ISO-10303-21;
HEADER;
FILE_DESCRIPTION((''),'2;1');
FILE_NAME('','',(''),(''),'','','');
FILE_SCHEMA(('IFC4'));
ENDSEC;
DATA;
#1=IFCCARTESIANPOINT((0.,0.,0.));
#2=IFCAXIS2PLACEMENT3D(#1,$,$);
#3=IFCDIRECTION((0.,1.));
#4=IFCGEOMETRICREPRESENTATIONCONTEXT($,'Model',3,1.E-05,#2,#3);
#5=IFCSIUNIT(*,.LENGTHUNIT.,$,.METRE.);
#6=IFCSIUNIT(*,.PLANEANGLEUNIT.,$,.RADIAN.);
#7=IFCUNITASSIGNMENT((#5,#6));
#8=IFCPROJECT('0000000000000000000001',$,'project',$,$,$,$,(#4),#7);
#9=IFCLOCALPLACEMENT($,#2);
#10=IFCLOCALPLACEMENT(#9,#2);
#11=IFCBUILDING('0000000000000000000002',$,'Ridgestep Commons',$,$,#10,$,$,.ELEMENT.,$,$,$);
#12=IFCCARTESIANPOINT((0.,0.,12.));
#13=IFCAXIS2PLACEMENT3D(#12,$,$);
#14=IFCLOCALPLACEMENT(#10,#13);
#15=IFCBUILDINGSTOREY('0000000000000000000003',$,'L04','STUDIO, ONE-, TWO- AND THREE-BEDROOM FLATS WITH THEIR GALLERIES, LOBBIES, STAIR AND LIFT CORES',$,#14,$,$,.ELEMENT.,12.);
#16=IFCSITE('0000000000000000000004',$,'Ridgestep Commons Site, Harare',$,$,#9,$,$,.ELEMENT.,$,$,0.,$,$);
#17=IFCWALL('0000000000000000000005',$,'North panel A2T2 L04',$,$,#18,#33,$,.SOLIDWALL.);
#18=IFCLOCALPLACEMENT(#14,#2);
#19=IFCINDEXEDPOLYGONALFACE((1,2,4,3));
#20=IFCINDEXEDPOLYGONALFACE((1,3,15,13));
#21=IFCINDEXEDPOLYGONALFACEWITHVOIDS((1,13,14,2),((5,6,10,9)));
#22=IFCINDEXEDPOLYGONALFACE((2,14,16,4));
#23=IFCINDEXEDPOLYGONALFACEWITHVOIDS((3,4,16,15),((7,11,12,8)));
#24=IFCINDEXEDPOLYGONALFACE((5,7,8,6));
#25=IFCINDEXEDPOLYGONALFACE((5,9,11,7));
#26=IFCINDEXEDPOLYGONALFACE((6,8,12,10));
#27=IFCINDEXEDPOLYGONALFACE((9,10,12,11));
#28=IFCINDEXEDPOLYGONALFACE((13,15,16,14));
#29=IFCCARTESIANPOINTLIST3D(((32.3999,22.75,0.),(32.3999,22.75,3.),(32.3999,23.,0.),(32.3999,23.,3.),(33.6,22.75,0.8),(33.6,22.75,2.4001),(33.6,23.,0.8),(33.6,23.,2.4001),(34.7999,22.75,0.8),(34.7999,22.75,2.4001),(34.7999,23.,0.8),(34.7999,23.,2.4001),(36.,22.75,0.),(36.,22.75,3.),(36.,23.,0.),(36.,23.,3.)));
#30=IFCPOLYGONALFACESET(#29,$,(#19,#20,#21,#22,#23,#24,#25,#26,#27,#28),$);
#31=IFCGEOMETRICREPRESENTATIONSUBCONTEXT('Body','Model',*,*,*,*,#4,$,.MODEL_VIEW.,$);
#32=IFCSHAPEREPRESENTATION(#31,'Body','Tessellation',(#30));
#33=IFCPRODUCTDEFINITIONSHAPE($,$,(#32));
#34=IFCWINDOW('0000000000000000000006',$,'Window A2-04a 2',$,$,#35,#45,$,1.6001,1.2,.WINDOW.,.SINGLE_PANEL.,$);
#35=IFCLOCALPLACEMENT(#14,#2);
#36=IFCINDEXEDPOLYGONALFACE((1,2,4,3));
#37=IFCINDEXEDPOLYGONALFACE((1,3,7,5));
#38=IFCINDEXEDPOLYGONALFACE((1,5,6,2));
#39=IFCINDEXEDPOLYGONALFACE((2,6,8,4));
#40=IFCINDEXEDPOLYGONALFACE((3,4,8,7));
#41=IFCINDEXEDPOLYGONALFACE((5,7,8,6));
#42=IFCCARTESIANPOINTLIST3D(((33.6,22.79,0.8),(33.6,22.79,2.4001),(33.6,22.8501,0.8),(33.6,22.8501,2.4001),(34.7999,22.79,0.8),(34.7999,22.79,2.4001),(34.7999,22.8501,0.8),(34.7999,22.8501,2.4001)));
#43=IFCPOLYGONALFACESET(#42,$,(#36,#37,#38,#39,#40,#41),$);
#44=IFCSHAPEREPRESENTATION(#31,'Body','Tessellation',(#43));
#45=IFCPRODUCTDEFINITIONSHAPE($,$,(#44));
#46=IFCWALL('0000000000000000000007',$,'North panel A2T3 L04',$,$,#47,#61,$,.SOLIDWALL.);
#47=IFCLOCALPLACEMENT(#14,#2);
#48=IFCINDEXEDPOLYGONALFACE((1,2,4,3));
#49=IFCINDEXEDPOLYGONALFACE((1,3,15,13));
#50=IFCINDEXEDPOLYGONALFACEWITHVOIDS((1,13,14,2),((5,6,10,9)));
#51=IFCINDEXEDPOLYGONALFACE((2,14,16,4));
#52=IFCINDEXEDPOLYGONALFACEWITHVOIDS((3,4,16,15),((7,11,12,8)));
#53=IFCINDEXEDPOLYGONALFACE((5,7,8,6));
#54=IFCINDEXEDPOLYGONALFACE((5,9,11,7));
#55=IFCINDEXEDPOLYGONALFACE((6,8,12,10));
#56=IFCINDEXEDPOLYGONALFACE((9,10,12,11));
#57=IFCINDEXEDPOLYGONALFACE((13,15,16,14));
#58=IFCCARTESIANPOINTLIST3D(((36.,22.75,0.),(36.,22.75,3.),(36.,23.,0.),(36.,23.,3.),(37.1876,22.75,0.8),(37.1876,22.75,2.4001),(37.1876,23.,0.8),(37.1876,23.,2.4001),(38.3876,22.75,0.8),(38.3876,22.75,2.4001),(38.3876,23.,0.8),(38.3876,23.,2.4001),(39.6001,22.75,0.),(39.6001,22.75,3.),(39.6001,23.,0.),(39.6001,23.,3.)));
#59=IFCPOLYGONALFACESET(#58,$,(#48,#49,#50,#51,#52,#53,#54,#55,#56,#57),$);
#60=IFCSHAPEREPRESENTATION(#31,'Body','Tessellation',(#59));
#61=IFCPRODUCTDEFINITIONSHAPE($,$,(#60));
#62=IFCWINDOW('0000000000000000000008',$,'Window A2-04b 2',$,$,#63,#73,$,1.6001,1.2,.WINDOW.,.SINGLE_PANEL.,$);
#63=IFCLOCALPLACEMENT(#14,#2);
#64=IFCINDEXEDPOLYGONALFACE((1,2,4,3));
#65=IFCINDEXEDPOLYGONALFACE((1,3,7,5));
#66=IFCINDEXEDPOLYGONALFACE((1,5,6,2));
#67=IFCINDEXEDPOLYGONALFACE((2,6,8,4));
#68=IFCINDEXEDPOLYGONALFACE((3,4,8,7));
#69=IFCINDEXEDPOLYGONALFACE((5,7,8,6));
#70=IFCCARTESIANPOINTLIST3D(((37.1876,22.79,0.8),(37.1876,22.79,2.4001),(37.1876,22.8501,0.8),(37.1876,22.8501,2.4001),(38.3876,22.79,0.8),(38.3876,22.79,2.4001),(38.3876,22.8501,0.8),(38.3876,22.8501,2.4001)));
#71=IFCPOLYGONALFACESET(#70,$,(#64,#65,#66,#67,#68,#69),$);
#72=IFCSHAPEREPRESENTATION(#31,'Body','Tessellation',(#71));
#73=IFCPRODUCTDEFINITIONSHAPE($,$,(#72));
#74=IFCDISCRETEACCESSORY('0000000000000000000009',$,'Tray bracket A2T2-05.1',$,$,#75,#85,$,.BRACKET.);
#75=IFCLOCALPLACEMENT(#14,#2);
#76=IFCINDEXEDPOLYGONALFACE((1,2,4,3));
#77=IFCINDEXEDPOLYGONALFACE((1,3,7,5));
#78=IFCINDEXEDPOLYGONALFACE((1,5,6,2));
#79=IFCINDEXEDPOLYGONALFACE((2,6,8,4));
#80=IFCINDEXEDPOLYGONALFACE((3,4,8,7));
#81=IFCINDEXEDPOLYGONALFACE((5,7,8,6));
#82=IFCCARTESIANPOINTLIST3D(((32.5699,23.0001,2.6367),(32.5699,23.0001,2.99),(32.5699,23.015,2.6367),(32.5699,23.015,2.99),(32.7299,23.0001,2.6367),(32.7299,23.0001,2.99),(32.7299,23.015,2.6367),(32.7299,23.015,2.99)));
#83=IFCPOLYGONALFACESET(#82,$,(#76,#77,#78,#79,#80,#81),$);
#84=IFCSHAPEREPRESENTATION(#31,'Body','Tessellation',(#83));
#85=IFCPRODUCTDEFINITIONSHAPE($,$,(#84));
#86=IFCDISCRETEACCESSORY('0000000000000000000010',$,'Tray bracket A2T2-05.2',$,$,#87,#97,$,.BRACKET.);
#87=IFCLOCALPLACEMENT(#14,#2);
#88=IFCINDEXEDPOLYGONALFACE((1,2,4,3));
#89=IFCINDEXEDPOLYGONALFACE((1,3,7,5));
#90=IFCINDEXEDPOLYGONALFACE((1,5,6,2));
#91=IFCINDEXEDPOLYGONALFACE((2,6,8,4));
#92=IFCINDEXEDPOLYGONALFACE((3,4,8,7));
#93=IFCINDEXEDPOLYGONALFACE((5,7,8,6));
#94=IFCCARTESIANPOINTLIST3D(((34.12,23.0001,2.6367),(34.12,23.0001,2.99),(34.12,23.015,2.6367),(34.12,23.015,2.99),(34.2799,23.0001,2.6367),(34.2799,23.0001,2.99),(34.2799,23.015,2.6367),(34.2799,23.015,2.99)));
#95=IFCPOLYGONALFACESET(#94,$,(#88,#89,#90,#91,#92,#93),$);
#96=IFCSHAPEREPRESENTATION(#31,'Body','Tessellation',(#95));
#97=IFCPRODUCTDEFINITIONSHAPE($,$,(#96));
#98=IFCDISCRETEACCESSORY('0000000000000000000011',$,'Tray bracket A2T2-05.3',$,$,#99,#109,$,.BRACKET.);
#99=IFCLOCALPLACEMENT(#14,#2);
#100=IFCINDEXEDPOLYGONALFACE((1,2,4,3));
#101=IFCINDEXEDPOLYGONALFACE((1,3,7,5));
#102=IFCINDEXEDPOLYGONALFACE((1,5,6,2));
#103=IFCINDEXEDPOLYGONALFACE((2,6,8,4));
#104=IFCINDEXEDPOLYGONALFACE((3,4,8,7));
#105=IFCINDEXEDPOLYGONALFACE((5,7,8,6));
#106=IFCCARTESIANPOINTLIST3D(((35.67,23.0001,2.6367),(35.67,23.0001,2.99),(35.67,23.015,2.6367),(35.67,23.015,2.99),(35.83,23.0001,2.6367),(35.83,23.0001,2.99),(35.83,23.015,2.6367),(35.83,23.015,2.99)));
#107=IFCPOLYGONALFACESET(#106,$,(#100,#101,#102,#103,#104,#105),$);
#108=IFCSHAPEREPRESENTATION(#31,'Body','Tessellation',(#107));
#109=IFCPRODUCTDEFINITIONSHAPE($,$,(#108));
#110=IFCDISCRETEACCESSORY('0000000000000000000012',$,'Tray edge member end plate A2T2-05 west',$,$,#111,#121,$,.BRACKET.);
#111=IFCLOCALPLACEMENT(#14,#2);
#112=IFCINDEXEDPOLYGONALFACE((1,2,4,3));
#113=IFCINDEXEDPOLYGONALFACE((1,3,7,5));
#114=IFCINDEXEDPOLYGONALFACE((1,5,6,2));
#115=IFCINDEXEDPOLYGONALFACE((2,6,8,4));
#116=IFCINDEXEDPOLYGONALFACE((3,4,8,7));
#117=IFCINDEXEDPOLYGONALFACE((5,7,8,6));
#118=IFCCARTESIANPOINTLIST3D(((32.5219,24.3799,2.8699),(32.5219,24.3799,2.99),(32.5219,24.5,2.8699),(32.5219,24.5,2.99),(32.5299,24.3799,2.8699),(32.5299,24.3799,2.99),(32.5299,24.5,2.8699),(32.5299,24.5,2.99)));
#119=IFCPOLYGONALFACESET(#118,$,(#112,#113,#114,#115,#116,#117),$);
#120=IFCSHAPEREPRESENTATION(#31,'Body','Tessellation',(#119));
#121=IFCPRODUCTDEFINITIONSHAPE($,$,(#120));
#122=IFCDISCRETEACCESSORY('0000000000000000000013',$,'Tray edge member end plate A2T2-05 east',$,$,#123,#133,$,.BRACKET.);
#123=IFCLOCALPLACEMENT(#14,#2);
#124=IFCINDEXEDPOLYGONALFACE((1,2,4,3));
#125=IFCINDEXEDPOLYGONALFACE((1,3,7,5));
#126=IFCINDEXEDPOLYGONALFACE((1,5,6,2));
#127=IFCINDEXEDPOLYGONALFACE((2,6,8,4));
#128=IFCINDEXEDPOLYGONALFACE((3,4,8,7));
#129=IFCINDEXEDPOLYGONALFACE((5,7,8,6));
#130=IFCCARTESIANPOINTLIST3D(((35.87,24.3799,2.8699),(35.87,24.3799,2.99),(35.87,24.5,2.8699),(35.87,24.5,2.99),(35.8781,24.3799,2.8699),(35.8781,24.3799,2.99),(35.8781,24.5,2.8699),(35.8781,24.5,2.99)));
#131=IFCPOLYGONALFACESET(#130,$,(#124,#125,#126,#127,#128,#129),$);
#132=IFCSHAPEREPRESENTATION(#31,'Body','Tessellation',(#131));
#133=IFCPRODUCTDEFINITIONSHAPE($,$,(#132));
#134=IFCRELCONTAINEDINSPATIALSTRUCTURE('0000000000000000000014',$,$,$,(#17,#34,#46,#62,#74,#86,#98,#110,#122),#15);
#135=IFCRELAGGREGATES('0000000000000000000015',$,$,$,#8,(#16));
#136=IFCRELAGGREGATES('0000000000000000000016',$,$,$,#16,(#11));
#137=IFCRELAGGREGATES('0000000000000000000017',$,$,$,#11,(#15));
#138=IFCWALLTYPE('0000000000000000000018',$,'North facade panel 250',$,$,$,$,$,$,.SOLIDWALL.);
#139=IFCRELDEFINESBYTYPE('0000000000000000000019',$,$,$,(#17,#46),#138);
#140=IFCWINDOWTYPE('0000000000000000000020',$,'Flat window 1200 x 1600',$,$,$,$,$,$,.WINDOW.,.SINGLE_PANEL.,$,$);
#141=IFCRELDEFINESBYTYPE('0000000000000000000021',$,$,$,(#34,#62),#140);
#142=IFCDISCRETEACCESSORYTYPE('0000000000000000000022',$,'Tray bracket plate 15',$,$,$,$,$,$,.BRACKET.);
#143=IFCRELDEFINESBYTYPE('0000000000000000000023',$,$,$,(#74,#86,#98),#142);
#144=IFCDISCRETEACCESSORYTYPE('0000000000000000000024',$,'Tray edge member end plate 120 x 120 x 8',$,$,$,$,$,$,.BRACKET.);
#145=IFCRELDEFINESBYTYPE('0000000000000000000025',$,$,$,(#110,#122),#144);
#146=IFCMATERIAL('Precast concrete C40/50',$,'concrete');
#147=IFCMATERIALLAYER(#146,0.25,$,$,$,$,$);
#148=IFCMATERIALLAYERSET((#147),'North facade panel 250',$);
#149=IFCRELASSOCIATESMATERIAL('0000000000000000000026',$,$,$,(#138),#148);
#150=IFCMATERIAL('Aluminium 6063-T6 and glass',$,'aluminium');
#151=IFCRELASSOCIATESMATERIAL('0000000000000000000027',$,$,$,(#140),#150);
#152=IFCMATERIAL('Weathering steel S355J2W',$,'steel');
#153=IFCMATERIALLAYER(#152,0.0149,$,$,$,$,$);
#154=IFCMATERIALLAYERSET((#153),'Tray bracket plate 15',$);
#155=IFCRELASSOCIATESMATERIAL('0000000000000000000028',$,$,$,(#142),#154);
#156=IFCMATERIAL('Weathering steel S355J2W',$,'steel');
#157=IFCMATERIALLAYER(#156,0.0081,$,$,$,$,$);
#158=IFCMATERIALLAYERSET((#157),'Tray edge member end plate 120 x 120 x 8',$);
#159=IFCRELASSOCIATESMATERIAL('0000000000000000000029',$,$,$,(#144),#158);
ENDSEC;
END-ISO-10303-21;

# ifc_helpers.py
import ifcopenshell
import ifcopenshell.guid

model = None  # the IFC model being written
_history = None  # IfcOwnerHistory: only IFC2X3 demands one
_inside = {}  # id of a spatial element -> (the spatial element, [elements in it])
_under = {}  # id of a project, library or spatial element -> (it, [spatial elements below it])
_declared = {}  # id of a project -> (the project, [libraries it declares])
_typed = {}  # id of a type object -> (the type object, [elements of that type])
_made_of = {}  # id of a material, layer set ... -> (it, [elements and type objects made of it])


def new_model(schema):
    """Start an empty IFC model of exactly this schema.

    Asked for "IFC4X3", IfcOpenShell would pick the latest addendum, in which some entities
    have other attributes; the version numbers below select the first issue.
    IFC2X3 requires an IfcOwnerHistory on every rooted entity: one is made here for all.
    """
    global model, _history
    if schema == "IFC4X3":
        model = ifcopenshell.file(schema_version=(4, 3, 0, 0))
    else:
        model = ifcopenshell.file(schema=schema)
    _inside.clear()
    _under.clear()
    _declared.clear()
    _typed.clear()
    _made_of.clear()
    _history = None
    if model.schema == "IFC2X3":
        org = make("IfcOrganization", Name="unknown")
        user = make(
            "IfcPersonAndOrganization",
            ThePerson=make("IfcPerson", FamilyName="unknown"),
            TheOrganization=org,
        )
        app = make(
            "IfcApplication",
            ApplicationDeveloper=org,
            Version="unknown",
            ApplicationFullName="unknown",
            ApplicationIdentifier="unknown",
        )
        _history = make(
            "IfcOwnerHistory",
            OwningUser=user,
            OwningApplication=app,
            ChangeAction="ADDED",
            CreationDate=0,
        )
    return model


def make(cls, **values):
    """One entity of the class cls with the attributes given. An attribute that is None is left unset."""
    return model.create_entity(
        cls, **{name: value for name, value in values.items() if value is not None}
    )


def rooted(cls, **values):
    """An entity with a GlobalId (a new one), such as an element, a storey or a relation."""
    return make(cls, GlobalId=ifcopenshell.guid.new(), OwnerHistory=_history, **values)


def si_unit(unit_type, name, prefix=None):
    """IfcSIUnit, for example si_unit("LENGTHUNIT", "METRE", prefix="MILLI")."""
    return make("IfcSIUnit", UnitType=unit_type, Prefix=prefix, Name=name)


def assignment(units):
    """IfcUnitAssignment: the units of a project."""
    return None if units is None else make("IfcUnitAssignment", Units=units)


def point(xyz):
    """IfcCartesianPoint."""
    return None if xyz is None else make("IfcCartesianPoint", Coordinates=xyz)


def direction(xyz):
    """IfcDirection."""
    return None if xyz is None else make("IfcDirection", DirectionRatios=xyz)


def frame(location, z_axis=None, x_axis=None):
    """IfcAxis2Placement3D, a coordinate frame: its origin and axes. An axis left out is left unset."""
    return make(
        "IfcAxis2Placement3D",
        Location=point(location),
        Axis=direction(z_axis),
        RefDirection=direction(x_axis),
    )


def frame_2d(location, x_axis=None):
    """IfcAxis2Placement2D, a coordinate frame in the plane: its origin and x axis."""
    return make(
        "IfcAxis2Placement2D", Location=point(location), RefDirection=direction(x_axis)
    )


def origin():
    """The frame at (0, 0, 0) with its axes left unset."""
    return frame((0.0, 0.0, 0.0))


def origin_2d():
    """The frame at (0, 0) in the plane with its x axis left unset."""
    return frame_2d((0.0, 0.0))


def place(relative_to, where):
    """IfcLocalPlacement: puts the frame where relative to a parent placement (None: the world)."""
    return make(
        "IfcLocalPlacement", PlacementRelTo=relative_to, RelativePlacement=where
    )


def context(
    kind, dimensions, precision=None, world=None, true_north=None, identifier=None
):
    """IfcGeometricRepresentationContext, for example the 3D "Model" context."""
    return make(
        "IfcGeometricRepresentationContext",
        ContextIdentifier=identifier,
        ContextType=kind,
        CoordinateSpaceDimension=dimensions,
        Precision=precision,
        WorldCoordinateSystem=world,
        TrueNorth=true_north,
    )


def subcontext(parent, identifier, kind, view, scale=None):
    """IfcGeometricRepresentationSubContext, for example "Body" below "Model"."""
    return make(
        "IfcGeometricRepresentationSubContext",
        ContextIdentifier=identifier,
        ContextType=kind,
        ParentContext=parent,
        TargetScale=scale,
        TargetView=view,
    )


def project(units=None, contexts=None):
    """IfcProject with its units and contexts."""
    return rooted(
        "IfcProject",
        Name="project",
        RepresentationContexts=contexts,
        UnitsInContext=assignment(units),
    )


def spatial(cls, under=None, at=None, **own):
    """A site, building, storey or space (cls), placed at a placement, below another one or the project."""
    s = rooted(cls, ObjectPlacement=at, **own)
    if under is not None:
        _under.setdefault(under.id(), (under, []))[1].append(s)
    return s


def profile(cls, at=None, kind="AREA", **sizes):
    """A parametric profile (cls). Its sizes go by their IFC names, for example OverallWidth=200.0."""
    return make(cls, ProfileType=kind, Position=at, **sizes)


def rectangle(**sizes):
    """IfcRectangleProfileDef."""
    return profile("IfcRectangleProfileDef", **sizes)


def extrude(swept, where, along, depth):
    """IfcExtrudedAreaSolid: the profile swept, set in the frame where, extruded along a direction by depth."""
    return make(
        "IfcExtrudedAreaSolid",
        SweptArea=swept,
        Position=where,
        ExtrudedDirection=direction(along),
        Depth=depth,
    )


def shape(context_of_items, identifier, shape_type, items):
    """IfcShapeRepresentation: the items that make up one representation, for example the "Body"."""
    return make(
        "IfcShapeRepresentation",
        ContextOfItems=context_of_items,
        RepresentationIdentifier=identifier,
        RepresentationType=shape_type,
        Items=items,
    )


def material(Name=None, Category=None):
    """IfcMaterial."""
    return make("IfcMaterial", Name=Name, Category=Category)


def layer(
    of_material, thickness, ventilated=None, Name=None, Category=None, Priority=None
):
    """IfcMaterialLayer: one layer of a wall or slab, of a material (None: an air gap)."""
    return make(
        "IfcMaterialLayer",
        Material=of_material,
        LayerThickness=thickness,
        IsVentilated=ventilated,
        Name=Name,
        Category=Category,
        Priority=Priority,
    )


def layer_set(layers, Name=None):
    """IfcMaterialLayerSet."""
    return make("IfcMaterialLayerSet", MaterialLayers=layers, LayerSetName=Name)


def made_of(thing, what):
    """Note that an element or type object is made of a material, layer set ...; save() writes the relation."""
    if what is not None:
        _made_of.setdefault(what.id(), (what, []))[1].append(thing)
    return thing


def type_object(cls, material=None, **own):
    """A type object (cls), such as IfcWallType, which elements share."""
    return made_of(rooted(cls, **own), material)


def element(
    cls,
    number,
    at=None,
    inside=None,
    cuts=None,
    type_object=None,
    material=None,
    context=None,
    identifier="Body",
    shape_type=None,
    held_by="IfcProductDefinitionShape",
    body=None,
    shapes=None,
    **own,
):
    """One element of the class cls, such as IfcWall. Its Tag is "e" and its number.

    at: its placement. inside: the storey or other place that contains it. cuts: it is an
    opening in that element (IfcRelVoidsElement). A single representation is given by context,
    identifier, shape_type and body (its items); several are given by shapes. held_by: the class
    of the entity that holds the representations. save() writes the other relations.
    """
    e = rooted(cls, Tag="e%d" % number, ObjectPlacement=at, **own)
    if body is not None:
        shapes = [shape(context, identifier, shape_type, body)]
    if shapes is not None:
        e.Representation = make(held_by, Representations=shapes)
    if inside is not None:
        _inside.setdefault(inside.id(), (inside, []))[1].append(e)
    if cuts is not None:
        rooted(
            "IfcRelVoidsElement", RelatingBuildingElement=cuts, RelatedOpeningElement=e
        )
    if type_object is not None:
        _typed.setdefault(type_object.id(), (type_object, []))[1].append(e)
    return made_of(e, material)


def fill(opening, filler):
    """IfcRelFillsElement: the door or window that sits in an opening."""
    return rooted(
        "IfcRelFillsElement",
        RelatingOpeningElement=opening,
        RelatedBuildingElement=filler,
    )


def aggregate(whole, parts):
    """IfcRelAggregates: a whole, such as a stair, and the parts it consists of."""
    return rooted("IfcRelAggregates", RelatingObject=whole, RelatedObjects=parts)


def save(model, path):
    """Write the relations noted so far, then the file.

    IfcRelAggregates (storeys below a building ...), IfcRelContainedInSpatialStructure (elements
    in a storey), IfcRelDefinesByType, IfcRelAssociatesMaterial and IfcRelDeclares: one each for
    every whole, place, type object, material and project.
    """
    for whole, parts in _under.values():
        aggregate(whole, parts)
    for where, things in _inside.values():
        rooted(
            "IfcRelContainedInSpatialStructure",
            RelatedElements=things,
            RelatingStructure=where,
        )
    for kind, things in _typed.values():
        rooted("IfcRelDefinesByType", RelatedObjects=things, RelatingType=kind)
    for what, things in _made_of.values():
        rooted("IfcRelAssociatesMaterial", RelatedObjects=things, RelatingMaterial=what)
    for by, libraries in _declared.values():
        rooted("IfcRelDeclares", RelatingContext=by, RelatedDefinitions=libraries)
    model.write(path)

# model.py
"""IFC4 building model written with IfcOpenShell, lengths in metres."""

from ifc_helpers import new_model, si_unit, direction, frame, frame_2d, origin, origin_2d, place, context, subcontext, project, spatial, rectangle, extrude, material, layer, layer_set, type_object, element, fill, save


model = new_model("IFC4")

# Units and contexts
model_context = context("Model", 3, precision=1e-05, world=origin(), true_north=direction((0.0, 1.0)))
body_context = subcontext(model_context, "Body", "Model", "MODEL_VIEW")
ifc_project = project(units=[si_unit("LENGTHUNIT", "METRE"), si_unit("PLANEANGLEUNIT", "RADIAN")], contexts=[model_context])

# Site, building, storey
site_placement = place(None, origin())
site = spatial("IfcSite", under=ifc_project, at=site_placement, Name="Ridgestep Commons Site, Harare", CompositionType="ELEMENT", RefElevation=0.0)
building_placement = place(site_placement, origin())
building = spatial("IfcBuilding", under=site, at=building_placement, Name="Ridgestep Commons", CompositionType="ELEMENT")
storey_placement = place(building_placement, frame((0.0, 0.0, 12.0)))
storey = spatial("IfcBuildingStorey", under=building, at=storey_placement, Name="L04", Description="STUDIO, ONE-, TWO- AND THREE-BEDROOM FLATS WITH THEIR GALLERIES, LOBBIES, STAIR AND LIFT CORES", CompositionType="ELEMENT", Elevation=12.0)

# Walls, openings, windows
ifc_material_1 = material(Name="Precast concrete C40/50", Category="concrete")
ifc_layer_1 = layer(ifc_material_1, 0.25)
ifc_layer_set_1 = layer_set([ifc_layer_1], Name="North facade panel 250")
wall_type_1 = type_object("IfcWallType", Name="North facade panel 250", PredefinedType="SOLIDWALL", material=ifc_layer_set_1)
ifc_material_2 = material(Name="Aluminium 6063-T6 and glass", Category="aluminium")
window_type_1 = type_object("IfcWindowType", Name="Flat window 1200 x 1600", PartitioningType="SINGLE_PANEL", PredefinedType="WINDOW", material=ifc_material_2)
wall_1_placement = place(storey_placement, frame((32.3999, 22.875, 0.0), z_axis=(0.0, 0.0, 1.0), x_axis=(1.0, 0.0, 0.0)))
wall_1 = element("IfcWall", 1, at=wall_1_placement, inside=storey, type_object=wall_type_1, Name="North panel A2T2 L04", PredefinedType="SOLIDWALL", context=body_context, shape_type="SweptSolid", body=[
    extrude(rectangle(XDim=3.6001, YDim=0.25, at=frame_2d((1.8, 0.0))), origin(), (0.0, 0.0, 1.0), 3.0),
])
opening_1_placement = place(wall_1_placement, frame((1.2, 0.0, 0.8)))
opening_1 = element("IfcOpeningElement", 2, at=opening_1_placement, cuts=wall_1, PredefinedType="OPENING", context=body_context, shape_type="SweptSolid", body=[
    extrude(rectangle(XDim=1.2, YDim=1.6001, at=frame_2d((0.6001, 0.8))), frame((0.0, 0.135, 0.0), z_axis=(0.0, -1.0, 0.0), x_axis=(1.0, 0.0, 0.0)), (0.0, 0.0, 1.0), 0.27),
])
window_1_placement = place(opening_1_placement, origin())
window_1 = element("IfcWindow", 3, at=window_1_placement, inside=storey, type_object=window_type_1, Name="Window A2-04a 2", OverallHeight=1.6001, OverallWidth=1.2, PartitioningType="SINGLE_PANEL", PredefinedType="WINDOW", context=body_context, shape_type="SweptSolid", body=[
    extrude(rectangle(XDim=1.2, YDim=1.6001, at=frame_2d((0.6001, 0.8))), frame((0.0, -0.0249, 0.0), z_axis=(0.0, -1.0, 0.0), x_axis=(1.0, 0.0, 0.0)), (0.0, 0.0, 1.0), 0.0601),
])
fill(opening_1, window_1)
wall_2_placement = place(storey_placement, frame((36.0, 22.875, 0.0), z_axis=(0.0, 0.0, 1.0), x_axis=(1.0, 0.0, 0.0)))
wall_2 = element("IfcWall", 4, at=wall_2_placement, inside=storey, type_object=wall_type_1, Name="North panel A2T3 L04", PredefinedType="SOLIDWALL", context=body_context, shape_type="SweptSolid", body=[
    extrude(rectangle(XDim=3.6001, YDim=0.25, at=frame_2d((1.8, 0.0))), origin(), (0.0, 0.0, 1.0), 3.0),
])
opening_2_placement = place(wall_2_placement, frame((1.1875, 0.0, 0.8)))
opening_2 = element("IfcOpeningElement", 5, at=opening_2_placement, cuts=wall_2, PredefinedType="OPENING", context=body_context, shape_type="SweptSolid", body=[
    extrude(rectangle(XDim=1.2, YDim=1.6001, at=frame_2d((0.6001, 0.8))), frame((0.0, 0.135, 0.0), z_axis=(0.0, -1.0, 0.0), x_axis=(1.0, 0.0, 0.0)), (0.0, 0.0, 1.0), 0.27),
])
window_2_placement = place(opening_2_placement, origin())
window_2 = element("IfcWindow", 6, at=window_2_placement, inside=storey, type_object=window_type_1, Name="Window A2-04b 2", OverallHeight=1.6001, OverallWidth=1.2, PartitioningType="SINGLE_PANEL", PredefinedType="WINDOW", context=body_context, shape_type="SweptSolid", body=[
    extrude(rectangle(XDim=1.2, YDim=1.6001, at=frame_2d((0.6001, 0.8))), frame((0.0, -0.0249, 0.0), z_axis=(0.0, -1.0, 0.0), x_axis=(1.0, 0.0, 0.0)), (0.0, 0.0, 1.0), 0.0601),
])
fill(opening_2, window_2)

# Discrete accessories
ifc_material_3 = material(Name="Weathering steel S355J2W", Category="steel")
ifc_layer_2 = layer(ifc_material_3, 0.0149)
ifc_layer_set_2 = layer_set([ifc_layer_2], Name="Tray bracket plate 15")
discrete_accessory_type_1 = type_object("IfcDiscreteAccessoryType", Name="Tray bracket plate 15", PredefinedType="BRACKET", material=ifc_layer_set_2)
for number, where, z_axis, x_axis, name in (
    (7, (32.6499, 23.0076, 2.6367), (0.0, 0.0, 1.0), (1.0, 0.0, 0.0), "Tray bracket A2T2-05.1"),
    (8, (34.2, 23.0076, 2.6367), (0.0, 0.0, 1.0), (1.0, 0.0, 0.0), "Tray bracket A2T2-05.2"),
    (9, (35.75, 23.0076, 2.6367), (0.0, 0.0, 1.0), (1.0, 0.0, 0.0), "Tray bracket A2T2-05.3"),
):
    element("IfcDiscreteAccessory", number, at=place(storey_placement, frame(where, z_axis=z_axis, x_axis=x_axis)), inside=storey, type_object=discrete_accessory_type_1, Name=name, PredefinedType="BRACKET", context=body_context, shape_type="SweptSolid", body=[
        extrude(rectangle(XDim=0.1599, YDim=0.0149, at=origin_2d()), origin(), (0.0, 0.0, 1.0), 0.3533),
    ])
ifc_material_4 = material(Name="Weathering steel S355J2W", Category="steel")
ifc_layer_3 = layer(ifc_material_4, 0.0081)
ifc_layer_set_3 = layer_set([ifc_layer_3], Name="Tray edge member end plate 120 x 120 x 8")
discrete_accessory_type_2 = type_object("IfcDiscreteAccessoryType", Name="Tray edge member end plate 120 x 120 x 8", PredefinedType="BRACKET", material=ifc_layer_set_3)
for number, where, z_axis, x_axis, name in (
    (10, (32.5259, 24.4399, 2.8699), (0.0, 0.0, 1.0), (1.0, 0.0, 0.0), "Tray edge member end plate A2T2-05 west"),
    (11, (35.874, 24.4399, 2.8699), (0.0, 0.0, 1.0), (1.0, 0.0, 0.0), "Tray edge member end plate A2T2-05 east"),
):
    element("IfcDiscreteAccessory", number, at=place(storey_placement, frame(where, z_axis=z_axis, x_axis=x_axis)), inside=storey, type_object=discrete_accessory_type_2, Name=name, PredefinedType="BRACKET", context=body_context, shape_type="SweptSolid", body=[
        extrude(rectangle(XDim=0.0081, YDim=0.1201, at=origin_2d()), origin(), (0.0, 0.0, 1.0), 0.1201),
    ])

save(model, "model.ifc")
